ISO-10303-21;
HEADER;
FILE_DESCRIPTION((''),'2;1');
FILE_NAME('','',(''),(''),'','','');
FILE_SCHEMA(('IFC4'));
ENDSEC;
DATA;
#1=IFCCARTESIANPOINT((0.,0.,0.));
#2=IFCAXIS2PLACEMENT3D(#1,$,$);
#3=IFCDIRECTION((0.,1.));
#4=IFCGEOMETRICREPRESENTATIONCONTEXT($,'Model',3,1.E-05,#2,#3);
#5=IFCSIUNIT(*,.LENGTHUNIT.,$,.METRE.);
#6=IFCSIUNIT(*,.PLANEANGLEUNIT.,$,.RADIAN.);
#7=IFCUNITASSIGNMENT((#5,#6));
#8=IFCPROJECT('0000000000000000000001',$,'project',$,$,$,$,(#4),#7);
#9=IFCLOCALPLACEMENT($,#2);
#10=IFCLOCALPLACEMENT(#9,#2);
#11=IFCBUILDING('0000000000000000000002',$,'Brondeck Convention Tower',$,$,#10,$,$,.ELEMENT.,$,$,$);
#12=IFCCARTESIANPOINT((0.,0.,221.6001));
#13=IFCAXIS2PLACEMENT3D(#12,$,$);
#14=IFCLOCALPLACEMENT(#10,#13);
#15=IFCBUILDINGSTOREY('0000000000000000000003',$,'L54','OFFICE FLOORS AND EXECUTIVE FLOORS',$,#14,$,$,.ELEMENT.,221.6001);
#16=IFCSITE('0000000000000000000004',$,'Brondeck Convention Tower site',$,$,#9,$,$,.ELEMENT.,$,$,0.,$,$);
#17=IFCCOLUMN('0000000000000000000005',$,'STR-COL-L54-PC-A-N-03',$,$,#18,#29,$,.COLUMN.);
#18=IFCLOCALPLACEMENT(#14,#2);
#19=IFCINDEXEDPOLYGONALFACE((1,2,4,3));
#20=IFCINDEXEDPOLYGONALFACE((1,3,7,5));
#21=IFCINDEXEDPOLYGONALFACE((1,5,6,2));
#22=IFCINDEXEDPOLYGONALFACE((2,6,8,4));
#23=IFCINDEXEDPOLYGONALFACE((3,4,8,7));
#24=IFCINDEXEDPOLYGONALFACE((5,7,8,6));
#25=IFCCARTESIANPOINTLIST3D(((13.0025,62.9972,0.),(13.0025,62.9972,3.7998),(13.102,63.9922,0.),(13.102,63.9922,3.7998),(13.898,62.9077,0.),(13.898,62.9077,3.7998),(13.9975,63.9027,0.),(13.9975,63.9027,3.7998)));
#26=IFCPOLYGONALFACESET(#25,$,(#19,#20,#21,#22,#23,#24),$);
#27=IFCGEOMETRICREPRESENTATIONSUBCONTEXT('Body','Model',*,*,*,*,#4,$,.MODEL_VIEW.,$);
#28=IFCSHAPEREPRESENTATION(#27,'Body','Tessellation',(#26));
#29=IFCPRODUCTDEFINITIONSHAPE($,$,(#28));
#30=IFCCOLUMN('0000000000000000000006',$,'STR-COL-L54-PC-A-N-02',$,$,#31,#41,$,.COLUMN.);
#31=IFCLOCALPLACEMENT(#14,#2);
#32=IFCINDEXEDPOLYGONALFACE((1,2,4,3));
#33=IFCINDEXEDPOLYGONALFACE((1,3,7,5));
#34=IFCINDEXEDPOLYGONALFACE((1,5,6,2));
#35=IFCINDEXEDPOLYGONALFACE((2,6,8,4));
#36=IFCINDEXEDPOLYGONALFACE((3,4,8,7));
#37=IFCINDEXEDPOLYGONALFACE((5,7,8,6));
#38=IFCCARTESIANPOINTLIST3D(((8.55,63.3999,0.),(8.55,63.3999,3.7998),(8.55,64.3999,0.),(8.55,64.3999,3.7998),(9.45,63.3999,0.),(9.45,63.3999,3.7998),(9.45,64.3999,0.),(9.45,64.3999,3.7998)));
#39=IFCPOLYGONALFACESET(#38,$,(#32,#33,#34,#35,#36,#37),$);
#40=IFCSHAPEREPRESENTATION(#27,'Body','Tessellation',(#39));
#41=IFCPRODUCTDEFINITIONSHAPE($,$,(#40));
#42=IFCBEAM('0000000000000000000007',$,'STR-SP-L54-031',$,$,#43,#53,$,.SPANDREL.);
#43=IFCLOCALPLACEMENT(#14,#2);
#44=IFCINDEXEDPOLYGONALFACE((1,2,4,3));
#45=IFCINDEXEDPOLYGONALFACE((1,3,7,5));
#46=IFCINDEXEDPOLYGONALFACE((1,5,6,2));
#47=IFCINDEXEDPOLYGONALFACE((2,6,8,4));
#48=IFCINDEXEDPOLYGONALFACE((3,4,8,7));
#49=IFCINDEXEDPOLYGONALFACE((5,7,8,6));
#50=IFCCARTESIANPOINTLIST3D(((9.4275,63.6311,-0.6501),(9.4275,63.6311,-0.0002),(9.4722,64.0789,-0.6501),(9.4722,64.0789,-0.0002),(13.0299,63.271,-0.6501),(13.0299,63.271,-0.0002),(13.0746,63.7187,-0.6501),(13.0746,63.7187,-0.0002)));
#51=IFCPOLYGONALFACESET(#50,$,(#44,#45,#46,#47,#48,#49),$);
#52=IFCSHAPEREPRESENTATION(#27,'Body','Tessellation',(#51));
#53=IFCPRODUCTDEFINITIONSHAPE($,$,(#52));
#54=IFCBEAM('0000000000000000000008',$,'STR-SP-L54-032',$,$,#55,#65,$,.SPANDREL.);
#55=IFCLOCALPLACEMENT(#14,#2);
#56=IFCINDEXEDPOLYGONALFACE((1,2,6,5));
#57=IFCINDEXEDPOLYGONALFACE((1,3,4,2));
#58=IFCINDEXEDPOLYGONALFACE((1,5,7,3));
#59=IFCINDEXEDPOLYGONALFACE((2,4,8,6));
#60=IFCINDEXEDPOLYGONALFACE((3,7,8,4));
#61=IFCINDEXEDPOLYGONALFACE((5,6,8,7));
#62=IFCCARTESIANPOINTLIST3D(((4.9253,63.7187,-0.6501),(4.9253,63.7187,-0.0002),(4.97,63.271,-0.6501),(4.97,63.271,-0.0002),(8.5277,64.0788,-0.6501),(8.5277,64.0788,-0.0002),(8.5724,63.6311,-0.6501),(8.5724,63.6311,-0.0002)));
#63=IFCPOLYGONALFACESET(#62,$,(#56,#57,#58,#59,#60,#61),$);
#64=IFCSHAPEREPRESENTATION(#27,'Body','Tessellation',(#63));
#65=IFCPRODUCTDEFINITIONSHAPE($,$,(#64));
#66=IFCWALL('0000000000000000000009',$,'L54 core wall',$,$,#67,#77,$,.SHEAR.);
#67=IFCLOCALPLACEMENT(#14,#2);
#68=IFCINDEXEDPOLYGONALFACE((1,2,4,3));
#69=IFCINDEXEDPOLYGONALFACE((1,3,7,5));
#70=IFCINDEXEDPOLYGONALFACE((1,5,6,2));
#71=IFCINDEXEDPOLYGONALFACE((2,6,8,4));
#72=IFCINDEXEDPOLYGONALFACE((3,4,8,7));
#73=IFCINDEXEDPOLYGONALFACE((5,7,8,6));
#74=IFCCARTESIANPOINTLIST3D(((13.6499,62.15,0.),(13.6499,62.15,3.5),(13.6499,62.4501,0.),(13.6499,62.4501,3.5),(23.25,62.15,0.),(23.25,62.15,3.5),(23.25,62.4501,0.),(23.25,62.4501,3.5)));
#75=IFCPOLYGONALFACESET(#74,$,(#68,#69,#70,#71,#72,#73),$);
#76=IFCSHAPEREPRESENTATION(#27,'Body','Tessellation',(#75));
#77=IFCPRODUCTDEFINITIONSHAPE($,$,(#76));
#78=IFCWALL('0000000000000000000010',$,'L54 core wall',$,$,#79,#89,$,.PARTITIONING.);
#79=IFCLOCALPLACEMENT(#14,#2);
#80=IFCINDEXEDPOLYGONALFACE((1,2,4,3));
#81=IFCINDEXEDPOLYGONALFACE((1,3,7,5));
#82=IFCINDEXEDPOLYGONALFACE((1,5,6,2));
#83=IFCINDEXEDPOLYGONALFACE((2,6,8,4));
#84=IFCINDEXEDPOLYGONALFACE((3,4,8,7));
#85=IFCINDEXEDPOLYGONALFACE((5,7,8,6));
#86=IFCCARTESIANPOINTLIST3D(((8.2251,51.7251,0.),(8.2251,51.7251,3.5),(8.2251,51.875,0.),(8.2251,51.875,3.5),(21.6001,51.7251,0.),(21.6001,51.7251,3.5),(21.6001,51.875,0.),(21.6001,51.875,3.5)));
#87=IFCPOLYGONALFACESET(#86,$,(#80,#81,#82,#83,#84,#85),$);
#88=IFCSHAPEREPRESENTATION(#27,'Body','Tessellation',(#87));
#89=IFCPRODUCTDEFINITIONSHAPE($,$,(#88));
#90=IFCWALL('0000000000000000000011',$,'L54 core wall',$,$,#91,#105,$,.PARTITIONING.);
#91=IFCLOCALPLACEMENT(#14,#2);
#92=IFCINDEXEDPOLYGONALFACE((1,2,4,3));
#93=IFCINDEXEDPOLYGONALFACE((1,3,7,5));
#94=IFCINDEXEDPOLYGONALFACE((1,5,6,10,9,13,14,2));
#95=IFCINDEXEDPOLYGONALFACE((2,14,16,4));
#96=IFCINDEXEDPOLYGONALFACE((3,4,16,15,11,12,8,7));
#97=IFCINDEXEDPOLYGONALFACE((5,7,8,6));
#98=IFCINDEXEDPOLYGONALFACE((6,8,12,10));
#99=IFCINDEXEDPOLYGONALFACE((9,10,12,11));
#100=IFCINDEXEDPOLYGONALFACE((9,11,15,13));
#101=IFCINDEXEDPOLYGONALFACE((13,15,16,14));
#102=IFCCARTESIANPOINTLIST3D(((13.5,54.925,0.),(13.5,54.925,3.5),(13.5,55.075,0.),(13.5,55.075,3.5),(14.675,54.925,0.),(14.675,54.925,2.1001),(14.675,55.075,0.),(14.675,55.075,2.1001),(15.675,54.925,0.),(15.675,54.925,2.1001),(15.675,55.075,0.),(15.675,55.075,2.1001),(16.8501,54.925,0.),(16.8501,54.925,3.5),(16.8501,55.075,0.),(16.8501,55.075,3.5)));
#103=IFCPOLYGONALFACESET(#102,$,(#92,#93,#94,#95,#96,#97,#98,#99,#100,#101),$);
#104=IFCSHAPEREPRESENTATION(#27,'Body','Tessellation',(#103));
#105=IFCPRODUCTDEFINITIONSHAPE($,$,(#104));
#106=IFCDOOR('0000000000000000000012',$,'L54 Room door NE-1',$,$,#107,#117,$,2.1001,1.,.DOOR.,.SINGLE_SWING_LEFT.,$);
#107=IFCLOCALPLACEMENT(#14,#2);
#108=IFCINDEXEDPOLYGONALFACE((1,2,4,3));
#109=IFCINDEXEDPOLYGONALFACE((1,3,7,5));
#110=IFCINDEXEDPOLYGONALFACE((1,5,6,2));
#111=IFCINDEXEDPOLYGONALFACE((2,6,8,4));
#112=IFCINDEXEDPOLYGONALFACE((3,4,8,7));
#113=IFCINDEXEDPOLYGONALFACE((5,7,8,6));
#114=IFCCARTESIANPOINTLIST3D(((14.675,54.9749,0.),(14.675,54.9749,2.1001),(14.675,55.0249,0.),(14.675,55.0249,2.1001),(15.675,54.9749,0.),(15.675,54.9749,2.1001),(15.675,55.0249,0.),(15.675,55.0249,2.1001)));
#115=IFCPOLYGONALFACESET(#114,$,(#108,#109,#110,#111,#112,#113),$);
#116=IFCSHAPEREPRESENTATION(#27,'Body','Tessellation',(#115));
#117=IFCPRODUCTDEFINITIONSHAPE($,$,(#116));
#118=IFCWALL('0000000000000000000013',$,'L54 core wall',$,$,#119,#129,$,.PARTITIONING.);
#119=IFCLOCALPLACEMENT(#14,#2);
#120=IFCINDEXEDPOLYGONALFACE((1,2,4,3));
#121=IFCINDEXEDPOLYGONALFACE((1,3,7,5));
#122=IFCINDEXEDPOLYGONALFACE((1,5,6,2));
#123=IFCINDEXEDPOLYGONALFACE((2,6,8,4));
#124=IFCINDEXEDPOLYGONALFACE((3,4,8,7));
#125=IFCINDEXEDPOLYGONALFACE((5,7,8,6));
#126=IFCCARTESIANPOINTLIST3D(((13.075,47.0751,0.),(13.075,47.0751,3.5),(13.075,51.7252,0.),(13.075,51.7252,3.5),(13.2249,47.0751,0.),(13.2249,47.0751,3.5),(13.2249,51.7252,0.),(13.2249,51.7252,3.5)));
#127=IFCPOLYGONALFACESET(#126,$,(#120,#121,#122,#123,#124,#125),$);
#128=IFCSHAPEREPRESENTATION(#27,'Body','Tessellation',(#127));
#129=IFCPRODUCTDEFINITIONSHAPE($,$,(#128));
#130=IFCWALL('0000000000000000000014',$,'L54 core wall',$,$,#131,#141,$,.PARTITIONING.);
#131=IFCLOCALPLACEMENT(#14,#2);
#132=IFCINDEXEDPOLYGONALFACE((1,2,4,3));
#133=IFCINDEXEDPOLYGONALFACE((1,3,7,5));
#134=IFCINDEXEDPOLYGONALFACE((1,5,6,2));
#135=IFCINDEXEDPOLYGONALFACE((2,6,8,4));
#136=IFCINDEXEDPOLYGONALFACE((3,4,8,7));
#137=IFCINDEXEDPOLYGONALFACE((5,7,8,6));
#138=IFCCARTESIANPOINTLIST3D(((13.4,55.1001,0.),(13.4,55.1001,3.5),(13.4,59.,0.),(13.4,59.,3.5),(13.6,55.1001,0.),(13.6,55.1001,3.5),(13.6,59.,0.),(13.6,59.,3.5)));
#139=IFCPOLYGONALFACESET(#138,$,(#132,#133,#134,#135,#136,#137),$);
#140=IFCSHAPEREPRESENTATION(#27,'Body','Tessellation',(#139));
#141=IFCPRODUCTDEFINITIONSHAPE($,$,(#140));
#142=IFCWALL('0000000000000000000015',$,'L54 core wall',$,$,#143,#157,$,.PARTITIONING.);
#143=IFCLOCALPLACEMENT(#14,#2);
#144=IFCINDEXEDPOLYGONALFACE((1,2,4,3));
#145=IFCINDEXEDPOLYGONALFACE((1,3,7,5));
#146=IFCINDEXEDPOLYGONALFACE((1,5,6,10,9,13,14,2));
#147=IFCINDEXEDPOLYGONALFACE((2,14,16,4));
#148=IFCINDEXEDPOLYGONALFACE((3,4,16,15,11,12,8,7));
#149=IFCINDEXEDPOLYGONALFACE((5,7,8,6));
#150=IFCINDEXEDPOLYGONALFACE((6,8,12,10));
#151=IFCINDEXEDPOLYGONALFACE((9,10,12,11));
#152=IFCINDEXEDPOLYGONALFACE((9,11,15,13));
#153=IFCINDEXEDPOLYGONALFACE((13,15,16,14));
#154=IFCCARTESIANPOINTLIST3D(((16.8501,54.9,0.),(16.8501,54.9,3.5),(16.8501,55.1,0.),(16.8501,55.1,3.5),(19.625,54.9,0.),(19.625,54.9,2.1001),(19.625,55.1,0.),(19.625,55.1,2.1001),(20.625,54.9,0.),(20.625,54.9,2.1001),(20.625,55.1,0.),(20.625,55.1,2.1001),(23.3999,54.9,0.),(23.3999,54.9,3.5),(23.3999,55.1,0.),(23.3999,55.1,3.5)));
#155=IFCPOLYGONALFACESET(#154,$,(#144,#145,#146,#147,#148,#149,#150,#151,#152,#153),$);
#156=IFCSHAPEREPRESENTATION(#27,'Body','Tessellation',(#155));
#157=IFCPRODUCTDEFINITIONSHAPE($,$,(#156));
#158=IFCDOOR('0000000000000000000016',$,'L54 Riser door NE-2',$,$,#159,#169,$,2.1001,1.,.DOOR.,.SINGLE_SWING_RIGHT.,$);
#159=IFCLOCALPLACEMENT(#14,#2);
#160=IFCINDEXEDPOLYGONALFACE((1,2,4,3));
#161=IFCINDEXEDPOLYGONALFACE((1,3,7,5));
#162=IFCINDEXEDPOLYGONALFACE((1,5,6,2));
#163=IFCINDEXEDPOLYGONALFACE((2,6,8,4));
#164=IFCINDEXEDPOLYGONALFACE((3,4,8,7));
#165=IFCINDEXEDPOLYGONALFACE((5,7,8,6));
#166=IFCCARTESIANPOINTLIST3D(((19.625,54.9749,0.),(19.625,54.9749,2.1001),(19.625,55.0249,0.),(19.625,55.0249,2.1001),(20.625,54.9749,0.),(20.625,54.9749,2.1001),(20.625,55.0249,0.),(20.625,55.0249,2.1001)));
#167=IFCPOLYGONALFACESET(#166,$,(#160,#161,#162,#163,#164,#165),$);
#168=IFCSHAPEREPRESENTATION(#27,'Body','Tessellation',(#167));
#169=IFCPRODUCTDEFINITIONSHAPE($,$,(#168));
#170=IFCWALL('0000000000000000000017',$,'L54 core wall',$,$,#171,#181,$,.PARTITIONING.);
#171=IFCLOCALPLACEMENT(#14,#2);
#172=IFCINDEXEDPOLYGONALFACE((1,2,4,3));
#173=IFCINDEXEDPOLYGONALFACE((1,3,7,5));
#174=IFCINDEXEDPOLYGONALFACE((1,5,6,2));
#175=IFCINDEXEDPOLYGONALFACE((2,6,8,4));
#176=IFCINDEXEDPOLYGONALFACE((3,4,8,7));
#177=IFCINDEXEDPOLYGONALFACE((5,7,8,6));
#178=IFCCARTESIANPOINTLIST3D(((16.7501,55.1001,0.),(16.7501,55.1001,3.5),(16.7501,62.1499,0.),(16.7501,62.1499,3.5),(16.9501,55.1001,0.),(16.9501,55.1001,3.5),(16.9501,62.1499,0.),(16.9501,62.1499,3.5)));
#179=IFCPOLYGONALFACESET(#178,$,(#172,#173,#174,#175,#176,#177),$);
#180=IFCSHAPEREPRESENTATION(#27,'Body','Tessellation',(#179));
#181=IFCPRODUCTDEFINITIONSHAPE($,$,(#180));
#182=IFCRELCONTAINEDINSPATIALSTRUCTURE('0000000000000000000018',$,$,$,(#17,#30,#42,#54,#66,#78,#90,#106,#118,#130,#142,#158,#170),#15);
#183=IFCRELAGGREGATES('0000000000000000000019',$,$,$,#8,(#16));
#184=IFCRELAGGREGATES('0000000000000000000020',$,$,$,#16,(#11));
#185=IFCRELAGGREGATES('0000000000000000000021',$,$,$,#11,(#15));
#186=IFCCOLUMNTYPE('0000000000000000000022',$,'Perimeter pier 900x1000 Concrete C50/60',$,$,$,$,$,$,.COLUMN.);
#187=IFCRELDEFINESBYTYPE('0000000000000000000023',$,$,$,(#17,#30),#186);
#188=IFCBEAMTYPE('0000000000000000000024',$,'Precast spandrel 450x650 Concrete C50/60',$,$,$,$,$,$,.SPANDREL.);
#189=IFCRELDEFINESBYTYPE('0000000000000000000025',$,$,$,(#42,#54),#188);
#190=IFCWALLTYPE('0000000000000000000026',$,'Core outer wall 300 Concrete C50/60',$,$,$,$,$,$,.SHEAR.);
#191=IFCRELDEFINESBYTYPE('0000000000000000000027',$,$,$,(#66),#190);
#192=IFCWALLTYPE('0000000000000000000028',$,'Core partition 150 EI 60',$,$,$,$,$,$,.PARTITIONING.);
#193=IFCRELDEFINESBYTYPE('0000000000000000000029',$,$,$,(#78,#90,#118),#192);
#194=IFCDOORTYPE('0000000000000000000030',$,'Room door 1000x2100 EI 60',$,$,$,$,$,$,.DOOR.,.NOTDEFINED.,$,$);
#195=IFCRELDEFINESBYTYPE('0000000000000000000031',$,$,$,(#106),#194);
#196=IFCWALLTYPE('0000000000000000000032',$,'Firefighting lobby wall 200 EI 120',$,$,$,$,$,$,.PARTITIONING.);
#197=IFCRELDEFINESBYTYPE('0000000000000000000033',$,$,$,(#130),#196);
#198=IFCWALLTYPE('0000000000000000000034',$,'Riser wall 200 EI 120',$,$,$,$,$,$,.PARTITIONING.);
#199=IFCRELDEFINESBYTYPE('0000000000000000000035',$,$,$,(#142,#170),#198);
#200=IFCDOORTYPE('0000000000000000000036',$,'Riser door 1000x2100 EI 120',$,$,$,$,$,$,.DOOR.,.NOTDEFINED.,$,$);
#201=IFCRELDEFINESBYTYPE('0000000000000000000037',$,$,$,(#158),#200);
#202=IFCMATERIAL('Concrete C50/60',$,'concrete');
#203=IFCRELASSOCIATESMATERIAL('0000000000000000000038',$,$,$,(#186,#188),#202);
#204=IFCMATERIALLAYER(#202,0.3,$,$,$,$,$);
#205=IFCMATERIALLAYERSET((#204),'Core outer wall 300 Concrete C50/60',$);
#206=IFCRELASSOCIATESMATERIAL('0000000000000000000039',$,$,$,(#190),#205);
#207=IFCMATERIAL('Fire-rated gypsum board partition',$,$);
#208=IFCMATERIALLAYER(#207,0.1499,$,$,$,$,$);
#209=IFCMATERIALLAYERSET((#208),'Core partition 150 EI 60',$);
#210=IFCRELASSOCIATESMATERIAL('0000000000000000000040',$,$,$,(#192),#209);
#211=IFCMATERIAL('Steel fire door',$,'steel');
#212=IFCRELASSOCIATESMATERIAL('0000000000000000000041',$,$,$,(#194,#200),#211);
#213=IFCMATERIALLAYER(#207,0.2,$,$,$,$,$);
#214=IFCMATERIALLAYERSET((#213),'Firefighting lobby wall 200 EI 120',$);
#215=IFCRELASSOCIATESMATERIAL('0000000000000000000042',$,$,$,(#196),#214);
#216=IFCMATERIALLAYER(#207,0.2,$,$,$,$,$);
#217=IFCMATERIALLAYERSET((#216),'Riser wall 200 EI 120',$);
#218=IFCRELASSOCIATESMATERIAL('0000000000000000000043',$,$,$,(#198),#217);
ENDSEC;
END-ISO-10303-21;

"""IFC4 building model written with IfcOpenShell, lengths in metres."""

from ifc_helpers import new_model, si_unit, direction, frame, frame_2d, origin, origin_2d, place, context, subcontext, project, spatial, rectangle, extrude, material, layer, layer_set, material_profile, profile_set, type_object, element, fill, save


model = new_model("IFC4")

# Units and contexts
model_context = context("Model", 3, precision=1e-05, world=origin(), true_north=direction((0.0, 1.0)))
body_context = subcontext(model_context, "Body", "Model", "MODEL_VIEW")
ifc_project = project(units=[si_unit("LENGTHUNIT", "METRE"), si_unit("PLANEANGLEUNIT", "RADIAN")], contexts=[model_context])

# Site, building, storey
site_placement = place(None, origin())
site = spatial("IfcSite", under=ifc_project, at=site_placement, Name="Brondeck Convention Tower site", CompositionType="ELEMENT", RefElevation=0.0)
building_placement = place(site_placement, origin())
building = spatial("IfcBuilding", under=site, at=building_placement, Name="Brondeck Convention Tower", CompositionType="ELEMENT")
storey_placement = place(building_placement, frame((0.0, 0.0, 221.6001)))
storey = spatial("IfcBuildingStorey", under=building, at=storey_placement, Name="L54", Description="OFFICE FLOORS AND EXECUTIVE FLOORS", CompositionType="ELEMENT", Elevation=221.6001)

# Columns
ifc_material_1 = material(Name="Concrete C50/60", Category="concrete")
ifc_material_profile_1 = material_profile(ifc_material_1, rectangle(XDim=0.8999, YDim=1.0, at=origin_2d()), Name="Perimeter pier 900x1000 Concrete C50/60")
ifc_profile_set_1 = profile_set([ifc_material_profile_1], Name="Concrete C50/60")
column_type = type_object("IfcColumnType", Name="Perimeter pier 900x1000 Concrete C50/60", PredefinedType="COLUMN", material=ifc_profile_set_1)
for number, where, z_axis, x_axis, name in (
    (1, (13.5, 63.45, 0.0), (0.0, 0.0, 1.0), (-0.995037, 0.099504, 0.0), "STR-COL-L54-PC-A-N-03"),
    (2, (9.0, 63.8999, 0.0), (0.0, 0.0, 1.0), (-1.0, 0.0, 0.0), "STR-COL-L54-PC-A-N-02"),
):
    element("IfcColumn", number, at=place(storey_placement, frame(where, z_axis=z_axis, x_axis=x_axis)), inside=storey, type_object=column_type, Name=name, PredefinedType="COLUMN", context=body_context, shape_type="SweptSolid", body=[
        extrude(rectangle(XDim=0.8999, YDim=1.0, at=origin_2d()), origin(), (0.0, 0.0, 1.0), 3.7998),
    ])

# Beams
ifc_material_profile_2 = material_profile(ifc_material_1, rectangle(XDim=0.45, YDim=0.6499, at=origin_2d()), Name="Precast spandrel 450x650 Concrete C50/60")
ifc_profile_set_2 = profile_set([ifc_material_profile_2], Name="Concrete C50/60")
beam_type = type_object("IfcBeamType", Name="Precast spandrel 450x650 Concrete C50/60", PredefinedType="SPANDREL", material=ifc_profile_set_2)
for number, where, z_axis, x_axis, name in (
    (3, (13.0522, 63.4949, -0.3252), (-0.995041, 0.09947, 0.0), (-0.09947, -0.995041, 0.0), "STR-SP-L54-031"),
    (4, (8.55, 63.855, -0.3252), (-0.995041, -0.09947, 0.0), (0.09947, -0.995041, 0.0), "STR-SP-L54-032"),
):
    element("IfcBeam", number, at=place(storey_placement, frame(where, z_axis=z_axis, x_axis=x_axis)), inside=storey, type_object=beam_type, Name=name, PredefinedType="SPANDREL", context=body_context, shape_type="SweptSolid", body=[
        extrude(rectangle(XDim=0.45, YDim=0.6499, at=origin_2d()), origin(), (0.0, 0.0, 1.0), 3.6204),
    ])

# Walls
ifc_layer_1 = layer(ifc_material_1, 0.3)
ifc_layer_set_1 = layer_set([ifc_layer_1], Name="Core outer wall 300 Concrete C50/60")
wall_type_1 = type_object("IfcWallType", Name="Core outer wall 300 Concrete C50/60", PredefinedType="SHEAR", material=ifc_layer_set_1)
wall_1_placement = place(storey_placement, frame((13.6499, 62.3, 0.0), z_axis=(0.0, 0.0, 1.0), x_axis=(1.0, 0.0, 0.0)))
element("IfcWall", 5, at=wall_1_placement, inside=storey, type_object=wall_type_1, Name="L54 core wall", PredefinedType="SHEAR", context=body_context, shape_type="SweptSolid", body=[
    extrude(rectangle(XDim=9.6001, YDim=0.3, at=frame_2d((4.8, 0.0))), origin(), (0.0, 0.0, 1.0), 3.5),
])
ifc_material_2 = material(Name="Fire-rated gypsum board partition")
ifc_layer_2 = layer(ifc_material_2, 0.1499)
ifc_layer_set_2 = layer_set([ifc_layer_2], Name="Core partition 150 EI 60")
wall_type_2 = type_object("IfcWallType", Name="Core partition 150 EI 60", PredefinedType="PARTITIONING", material=ifc_layer_set_2)
wall_2_placement = place(storey_placement, frame((8.2251, 51.8, 0.0), z_axis=(0.0, 0.0, 1.0), x_axis=(1.0, 0.0, 0.0)))
element("IfcWall", 6, at=wall_2_placement, inside=storey, type_object=wall_type_2, Name="L54 core wall", PredefinedType="PARTITIONING", context=body_context, shape_type="SweptSolid", body=[
    extrude(rectangle(XDim=13.375, YDim=0.1499, at=frame_2d((6.6875, 0.0))), origin(), (0.0, 0.0, 1.0), 3.5),
])

# Wall, opening, door
wall_3_placement = place(storey_placement, frame((13.5, 55.0, 0.0), z_axis=(0.0, 0.0, 1.0), x_axis=(1.0, 0.0, 0.0)))
wall_3 = element("IfcWall", 7, at=wall_3_placement, inside=storey, type_object=wall_type_2, Name="L54 core wall", PredefinedType="PARTITIONING", context=body_context, shape_type="SweptSolid", body=[
    extrude(rectangle(XDim=3.3501, YDim=0.1499, at=frame_2d((1.675, 0.0))), origin(), (0.0, 0.0, 1.0), 3.5),
])
opening_1_placement = place(wall_3_placement, frame((1.175, 0.0, 0.0)))
opening_1 = element("IfcOpeningElement", 8, at=opening_1_placement, cuts=wall_3, PredefinedType="OPENING", context=body_context, shape_type="SweptSolid", body=[
    extrude(rectangle(XDim=1.0, YDim=2.1001, at=frame_2d((0.5, 1.05))), frame((0.0, 0.085, 0.0), z_axis=(0.0, -1.0, 0.0), x_axis=(1.0, 0.0, 0.0)), (0.0, 0.0, 1.0), 0.1699),
])
ifc_material_3 = material(Name="Steel fire door", Category="steel")
door_type_1 = type_object("IfcDoorType", Name="Room door 1000x2100 EI 60", OperationType="NOTDEFINED", PredefinedType="DOOR", material=ifc_material_3)
door_1_placement = place(opening_1_placement, origin())
door_1 = element("IfcDoor", 9, at=door_1_placement, inside=storey, type_object=door_type_1, Name="L54 Room door NE-1", OperationType="SINGLE_SWING_LEFT", OverallHeight=2.1001, OverallWidth=1.0, PredefinedType="DOOR", context=body_context, shape_type="SweptSolid", body=[
    extrude(rectangle(XDim=1.0, YDim=2.1001, at=frame_2d((0.5, 1.05))), frame((0.0, 0.0249, 0.0), z_axis=(0.0, -1.0, 0.0), x_axis=(1.0, 0.0, 0.0)), (0.0, 0.0, 1.0), 0.05),
])
fill(opening_1, door_1)

# Walls
wall_4_placement = place(storey_placement, frame((13.1499, 47.075, 0.0), z_axis=(0.0, 0.0, 1.0), x_axis=(0.0, 1.0, 0.0)))
element("IfcWall", 10, at=wall_4_placement, inside=storey, type_object=wall_type_2, Name="L54 core wall", PredefinedType="PARTITIONING", context=body_context, shape_type="SweptSolid", body=[
    extrude(rectangle(XDim=4.6501, YDim=0.1499, at=frame_2d((2.3252, 0.0))), origin(), (0.0, 0.0, 1.0), 3.5),
])
ifc_layer_3 = layer(ifc_material_2, 0.2)
ifc_layer_set_3 = layer_set([ifc_layer_3], Name="Firefighting lobby wall 200 EI 120")
wall_type_3 = type_object("IfcWallType", Name="Firefighting lobby wall 200 EI 120", PredefinedType="PARTITIONING", material=ifc_layer_set_3)
wall_5_placement = place(storey_placement, frame((13.5, 55.1001, 0.0), z_axis=(0.0, 0.0, 1.0), x_axis=(0.0, 1.0, 0.0)))
element("IfcWall", 11, at=wall_5_placement, inside=storey, type_object=wall_type_3, Name="L54 core wall", PredefinedType="PARTITIONING", context=body_context, shape_type="SweptSolid", body=[
    extrude(rectangle(XDim=3.8999, YDim=0.2, at=frame_2d((1.95, 0.0))), origin(), (0.0, 0.0, 1.0), 3.5),
])

# Wall, opening, door
ifc_layer_4 = layer(ifc_material_2, 0.2)
ifc_layer_set_4 = layer_set([ifc_layer_4], Name="Riser wall 200 EI 120")
wall_type_4 = type_object("IfcWallType", Name="Riser wall 200 EI 120", PredefinedType="PARTITIONING", material=ifc_layer_set_4)
wall_6_placement = place(storey_placement, frame((16.8501, 55.0, 0.0), z_axis=(0.0, 0.0, 1.0), x_axis=(1.0, 0.0, 0.0)))
wall_6 = element("IfcWall", 12, at=wall_6_placement, inside=storey, type_object=wall_type_4, Name="L54 core wall", PredefinedType="PARTITIONING", context=body_context, shape_type="SweptSolid", body=[
    extrude(rectangle(XDim=6.5498, YDim=0.2, at=frame_2d((3.2749, 0.0))), origin(), (0.0, 0.0, 1.0), 3.5),
])
opening_2_placement = place(wall_6_placement, frame((2.7749, 0.0, 0.0)))
opening_2 = element("IfcOpeningElement", 13, at=opening_2_placement, cuts=wall_6, PredefinedType="OPENING", context=body_context, shape_type="SweptSolid", body=[
    extrude(rectangle(XDim=1.0, YDim=2.1001, at=frame_2d((0.5, 1.05))), frame((0.0, 0.1099, 0.0), z_axis=(0.0, -1.0, 0.0), x_axis=(1.0, 0.0, 0.0)), (0.0, 0.0, 1.0), 0.22),
])
door_type_2 = type_object("IfcDoorType", Name="Riser door 1000x2100 EI 120", OperationType="NOTDEFINED", PredefinedType="DOOR", material=ifc_material_3)
door_2_placement = place(opening_2_placement, origin())
door_2 = element("IfcDoor", 14, at=door_2_placement, inside=storey, type_object=door_type_2, Name="L54 Riser door NE-2", OperationType="SINGLE_SWING_RIGHT", OverallHeight=2.1001, OverallWidth=1.0, PredefinedType="DOOR", context=body_context, shape_type="SweptSolid", body=[
    extrude(rectangle(XDim=1.0, YDim=2.1001, at=frame_2d((0.5, 1.05))), frame((0.0, 0.0249, 0.0), z_axis=(0.0, -1.0, 0.0), x_axis=(1.0, 0.0, 0.0)), (0.0, 0.0, 1.0), 0.05),
])
fill(opening_2, door_2)

# Wall
wall_7_placement = place(storey_placement, frame((16.8501, 55.1001, 0.0), z_axis=(0.0, 0.0, 1.0), x_axis=(0.0, 1.0, 0.0)))
element("IfcWall", 15, at=wall_7_placement, inside=storey, type_object=wall_type_4, Name="L54 core wall", PredefinedType="PARTITIONING", context=body_context, shape_type="SweptSolid", body=[
    extrude(rectangle(XDim=7.0498, YDim=0.2, at=frame_2d((3.5249, 0.0))), origin(), (0.0, 0.0, 1.0), 3.5),
])

save(model, "model.ifc")
